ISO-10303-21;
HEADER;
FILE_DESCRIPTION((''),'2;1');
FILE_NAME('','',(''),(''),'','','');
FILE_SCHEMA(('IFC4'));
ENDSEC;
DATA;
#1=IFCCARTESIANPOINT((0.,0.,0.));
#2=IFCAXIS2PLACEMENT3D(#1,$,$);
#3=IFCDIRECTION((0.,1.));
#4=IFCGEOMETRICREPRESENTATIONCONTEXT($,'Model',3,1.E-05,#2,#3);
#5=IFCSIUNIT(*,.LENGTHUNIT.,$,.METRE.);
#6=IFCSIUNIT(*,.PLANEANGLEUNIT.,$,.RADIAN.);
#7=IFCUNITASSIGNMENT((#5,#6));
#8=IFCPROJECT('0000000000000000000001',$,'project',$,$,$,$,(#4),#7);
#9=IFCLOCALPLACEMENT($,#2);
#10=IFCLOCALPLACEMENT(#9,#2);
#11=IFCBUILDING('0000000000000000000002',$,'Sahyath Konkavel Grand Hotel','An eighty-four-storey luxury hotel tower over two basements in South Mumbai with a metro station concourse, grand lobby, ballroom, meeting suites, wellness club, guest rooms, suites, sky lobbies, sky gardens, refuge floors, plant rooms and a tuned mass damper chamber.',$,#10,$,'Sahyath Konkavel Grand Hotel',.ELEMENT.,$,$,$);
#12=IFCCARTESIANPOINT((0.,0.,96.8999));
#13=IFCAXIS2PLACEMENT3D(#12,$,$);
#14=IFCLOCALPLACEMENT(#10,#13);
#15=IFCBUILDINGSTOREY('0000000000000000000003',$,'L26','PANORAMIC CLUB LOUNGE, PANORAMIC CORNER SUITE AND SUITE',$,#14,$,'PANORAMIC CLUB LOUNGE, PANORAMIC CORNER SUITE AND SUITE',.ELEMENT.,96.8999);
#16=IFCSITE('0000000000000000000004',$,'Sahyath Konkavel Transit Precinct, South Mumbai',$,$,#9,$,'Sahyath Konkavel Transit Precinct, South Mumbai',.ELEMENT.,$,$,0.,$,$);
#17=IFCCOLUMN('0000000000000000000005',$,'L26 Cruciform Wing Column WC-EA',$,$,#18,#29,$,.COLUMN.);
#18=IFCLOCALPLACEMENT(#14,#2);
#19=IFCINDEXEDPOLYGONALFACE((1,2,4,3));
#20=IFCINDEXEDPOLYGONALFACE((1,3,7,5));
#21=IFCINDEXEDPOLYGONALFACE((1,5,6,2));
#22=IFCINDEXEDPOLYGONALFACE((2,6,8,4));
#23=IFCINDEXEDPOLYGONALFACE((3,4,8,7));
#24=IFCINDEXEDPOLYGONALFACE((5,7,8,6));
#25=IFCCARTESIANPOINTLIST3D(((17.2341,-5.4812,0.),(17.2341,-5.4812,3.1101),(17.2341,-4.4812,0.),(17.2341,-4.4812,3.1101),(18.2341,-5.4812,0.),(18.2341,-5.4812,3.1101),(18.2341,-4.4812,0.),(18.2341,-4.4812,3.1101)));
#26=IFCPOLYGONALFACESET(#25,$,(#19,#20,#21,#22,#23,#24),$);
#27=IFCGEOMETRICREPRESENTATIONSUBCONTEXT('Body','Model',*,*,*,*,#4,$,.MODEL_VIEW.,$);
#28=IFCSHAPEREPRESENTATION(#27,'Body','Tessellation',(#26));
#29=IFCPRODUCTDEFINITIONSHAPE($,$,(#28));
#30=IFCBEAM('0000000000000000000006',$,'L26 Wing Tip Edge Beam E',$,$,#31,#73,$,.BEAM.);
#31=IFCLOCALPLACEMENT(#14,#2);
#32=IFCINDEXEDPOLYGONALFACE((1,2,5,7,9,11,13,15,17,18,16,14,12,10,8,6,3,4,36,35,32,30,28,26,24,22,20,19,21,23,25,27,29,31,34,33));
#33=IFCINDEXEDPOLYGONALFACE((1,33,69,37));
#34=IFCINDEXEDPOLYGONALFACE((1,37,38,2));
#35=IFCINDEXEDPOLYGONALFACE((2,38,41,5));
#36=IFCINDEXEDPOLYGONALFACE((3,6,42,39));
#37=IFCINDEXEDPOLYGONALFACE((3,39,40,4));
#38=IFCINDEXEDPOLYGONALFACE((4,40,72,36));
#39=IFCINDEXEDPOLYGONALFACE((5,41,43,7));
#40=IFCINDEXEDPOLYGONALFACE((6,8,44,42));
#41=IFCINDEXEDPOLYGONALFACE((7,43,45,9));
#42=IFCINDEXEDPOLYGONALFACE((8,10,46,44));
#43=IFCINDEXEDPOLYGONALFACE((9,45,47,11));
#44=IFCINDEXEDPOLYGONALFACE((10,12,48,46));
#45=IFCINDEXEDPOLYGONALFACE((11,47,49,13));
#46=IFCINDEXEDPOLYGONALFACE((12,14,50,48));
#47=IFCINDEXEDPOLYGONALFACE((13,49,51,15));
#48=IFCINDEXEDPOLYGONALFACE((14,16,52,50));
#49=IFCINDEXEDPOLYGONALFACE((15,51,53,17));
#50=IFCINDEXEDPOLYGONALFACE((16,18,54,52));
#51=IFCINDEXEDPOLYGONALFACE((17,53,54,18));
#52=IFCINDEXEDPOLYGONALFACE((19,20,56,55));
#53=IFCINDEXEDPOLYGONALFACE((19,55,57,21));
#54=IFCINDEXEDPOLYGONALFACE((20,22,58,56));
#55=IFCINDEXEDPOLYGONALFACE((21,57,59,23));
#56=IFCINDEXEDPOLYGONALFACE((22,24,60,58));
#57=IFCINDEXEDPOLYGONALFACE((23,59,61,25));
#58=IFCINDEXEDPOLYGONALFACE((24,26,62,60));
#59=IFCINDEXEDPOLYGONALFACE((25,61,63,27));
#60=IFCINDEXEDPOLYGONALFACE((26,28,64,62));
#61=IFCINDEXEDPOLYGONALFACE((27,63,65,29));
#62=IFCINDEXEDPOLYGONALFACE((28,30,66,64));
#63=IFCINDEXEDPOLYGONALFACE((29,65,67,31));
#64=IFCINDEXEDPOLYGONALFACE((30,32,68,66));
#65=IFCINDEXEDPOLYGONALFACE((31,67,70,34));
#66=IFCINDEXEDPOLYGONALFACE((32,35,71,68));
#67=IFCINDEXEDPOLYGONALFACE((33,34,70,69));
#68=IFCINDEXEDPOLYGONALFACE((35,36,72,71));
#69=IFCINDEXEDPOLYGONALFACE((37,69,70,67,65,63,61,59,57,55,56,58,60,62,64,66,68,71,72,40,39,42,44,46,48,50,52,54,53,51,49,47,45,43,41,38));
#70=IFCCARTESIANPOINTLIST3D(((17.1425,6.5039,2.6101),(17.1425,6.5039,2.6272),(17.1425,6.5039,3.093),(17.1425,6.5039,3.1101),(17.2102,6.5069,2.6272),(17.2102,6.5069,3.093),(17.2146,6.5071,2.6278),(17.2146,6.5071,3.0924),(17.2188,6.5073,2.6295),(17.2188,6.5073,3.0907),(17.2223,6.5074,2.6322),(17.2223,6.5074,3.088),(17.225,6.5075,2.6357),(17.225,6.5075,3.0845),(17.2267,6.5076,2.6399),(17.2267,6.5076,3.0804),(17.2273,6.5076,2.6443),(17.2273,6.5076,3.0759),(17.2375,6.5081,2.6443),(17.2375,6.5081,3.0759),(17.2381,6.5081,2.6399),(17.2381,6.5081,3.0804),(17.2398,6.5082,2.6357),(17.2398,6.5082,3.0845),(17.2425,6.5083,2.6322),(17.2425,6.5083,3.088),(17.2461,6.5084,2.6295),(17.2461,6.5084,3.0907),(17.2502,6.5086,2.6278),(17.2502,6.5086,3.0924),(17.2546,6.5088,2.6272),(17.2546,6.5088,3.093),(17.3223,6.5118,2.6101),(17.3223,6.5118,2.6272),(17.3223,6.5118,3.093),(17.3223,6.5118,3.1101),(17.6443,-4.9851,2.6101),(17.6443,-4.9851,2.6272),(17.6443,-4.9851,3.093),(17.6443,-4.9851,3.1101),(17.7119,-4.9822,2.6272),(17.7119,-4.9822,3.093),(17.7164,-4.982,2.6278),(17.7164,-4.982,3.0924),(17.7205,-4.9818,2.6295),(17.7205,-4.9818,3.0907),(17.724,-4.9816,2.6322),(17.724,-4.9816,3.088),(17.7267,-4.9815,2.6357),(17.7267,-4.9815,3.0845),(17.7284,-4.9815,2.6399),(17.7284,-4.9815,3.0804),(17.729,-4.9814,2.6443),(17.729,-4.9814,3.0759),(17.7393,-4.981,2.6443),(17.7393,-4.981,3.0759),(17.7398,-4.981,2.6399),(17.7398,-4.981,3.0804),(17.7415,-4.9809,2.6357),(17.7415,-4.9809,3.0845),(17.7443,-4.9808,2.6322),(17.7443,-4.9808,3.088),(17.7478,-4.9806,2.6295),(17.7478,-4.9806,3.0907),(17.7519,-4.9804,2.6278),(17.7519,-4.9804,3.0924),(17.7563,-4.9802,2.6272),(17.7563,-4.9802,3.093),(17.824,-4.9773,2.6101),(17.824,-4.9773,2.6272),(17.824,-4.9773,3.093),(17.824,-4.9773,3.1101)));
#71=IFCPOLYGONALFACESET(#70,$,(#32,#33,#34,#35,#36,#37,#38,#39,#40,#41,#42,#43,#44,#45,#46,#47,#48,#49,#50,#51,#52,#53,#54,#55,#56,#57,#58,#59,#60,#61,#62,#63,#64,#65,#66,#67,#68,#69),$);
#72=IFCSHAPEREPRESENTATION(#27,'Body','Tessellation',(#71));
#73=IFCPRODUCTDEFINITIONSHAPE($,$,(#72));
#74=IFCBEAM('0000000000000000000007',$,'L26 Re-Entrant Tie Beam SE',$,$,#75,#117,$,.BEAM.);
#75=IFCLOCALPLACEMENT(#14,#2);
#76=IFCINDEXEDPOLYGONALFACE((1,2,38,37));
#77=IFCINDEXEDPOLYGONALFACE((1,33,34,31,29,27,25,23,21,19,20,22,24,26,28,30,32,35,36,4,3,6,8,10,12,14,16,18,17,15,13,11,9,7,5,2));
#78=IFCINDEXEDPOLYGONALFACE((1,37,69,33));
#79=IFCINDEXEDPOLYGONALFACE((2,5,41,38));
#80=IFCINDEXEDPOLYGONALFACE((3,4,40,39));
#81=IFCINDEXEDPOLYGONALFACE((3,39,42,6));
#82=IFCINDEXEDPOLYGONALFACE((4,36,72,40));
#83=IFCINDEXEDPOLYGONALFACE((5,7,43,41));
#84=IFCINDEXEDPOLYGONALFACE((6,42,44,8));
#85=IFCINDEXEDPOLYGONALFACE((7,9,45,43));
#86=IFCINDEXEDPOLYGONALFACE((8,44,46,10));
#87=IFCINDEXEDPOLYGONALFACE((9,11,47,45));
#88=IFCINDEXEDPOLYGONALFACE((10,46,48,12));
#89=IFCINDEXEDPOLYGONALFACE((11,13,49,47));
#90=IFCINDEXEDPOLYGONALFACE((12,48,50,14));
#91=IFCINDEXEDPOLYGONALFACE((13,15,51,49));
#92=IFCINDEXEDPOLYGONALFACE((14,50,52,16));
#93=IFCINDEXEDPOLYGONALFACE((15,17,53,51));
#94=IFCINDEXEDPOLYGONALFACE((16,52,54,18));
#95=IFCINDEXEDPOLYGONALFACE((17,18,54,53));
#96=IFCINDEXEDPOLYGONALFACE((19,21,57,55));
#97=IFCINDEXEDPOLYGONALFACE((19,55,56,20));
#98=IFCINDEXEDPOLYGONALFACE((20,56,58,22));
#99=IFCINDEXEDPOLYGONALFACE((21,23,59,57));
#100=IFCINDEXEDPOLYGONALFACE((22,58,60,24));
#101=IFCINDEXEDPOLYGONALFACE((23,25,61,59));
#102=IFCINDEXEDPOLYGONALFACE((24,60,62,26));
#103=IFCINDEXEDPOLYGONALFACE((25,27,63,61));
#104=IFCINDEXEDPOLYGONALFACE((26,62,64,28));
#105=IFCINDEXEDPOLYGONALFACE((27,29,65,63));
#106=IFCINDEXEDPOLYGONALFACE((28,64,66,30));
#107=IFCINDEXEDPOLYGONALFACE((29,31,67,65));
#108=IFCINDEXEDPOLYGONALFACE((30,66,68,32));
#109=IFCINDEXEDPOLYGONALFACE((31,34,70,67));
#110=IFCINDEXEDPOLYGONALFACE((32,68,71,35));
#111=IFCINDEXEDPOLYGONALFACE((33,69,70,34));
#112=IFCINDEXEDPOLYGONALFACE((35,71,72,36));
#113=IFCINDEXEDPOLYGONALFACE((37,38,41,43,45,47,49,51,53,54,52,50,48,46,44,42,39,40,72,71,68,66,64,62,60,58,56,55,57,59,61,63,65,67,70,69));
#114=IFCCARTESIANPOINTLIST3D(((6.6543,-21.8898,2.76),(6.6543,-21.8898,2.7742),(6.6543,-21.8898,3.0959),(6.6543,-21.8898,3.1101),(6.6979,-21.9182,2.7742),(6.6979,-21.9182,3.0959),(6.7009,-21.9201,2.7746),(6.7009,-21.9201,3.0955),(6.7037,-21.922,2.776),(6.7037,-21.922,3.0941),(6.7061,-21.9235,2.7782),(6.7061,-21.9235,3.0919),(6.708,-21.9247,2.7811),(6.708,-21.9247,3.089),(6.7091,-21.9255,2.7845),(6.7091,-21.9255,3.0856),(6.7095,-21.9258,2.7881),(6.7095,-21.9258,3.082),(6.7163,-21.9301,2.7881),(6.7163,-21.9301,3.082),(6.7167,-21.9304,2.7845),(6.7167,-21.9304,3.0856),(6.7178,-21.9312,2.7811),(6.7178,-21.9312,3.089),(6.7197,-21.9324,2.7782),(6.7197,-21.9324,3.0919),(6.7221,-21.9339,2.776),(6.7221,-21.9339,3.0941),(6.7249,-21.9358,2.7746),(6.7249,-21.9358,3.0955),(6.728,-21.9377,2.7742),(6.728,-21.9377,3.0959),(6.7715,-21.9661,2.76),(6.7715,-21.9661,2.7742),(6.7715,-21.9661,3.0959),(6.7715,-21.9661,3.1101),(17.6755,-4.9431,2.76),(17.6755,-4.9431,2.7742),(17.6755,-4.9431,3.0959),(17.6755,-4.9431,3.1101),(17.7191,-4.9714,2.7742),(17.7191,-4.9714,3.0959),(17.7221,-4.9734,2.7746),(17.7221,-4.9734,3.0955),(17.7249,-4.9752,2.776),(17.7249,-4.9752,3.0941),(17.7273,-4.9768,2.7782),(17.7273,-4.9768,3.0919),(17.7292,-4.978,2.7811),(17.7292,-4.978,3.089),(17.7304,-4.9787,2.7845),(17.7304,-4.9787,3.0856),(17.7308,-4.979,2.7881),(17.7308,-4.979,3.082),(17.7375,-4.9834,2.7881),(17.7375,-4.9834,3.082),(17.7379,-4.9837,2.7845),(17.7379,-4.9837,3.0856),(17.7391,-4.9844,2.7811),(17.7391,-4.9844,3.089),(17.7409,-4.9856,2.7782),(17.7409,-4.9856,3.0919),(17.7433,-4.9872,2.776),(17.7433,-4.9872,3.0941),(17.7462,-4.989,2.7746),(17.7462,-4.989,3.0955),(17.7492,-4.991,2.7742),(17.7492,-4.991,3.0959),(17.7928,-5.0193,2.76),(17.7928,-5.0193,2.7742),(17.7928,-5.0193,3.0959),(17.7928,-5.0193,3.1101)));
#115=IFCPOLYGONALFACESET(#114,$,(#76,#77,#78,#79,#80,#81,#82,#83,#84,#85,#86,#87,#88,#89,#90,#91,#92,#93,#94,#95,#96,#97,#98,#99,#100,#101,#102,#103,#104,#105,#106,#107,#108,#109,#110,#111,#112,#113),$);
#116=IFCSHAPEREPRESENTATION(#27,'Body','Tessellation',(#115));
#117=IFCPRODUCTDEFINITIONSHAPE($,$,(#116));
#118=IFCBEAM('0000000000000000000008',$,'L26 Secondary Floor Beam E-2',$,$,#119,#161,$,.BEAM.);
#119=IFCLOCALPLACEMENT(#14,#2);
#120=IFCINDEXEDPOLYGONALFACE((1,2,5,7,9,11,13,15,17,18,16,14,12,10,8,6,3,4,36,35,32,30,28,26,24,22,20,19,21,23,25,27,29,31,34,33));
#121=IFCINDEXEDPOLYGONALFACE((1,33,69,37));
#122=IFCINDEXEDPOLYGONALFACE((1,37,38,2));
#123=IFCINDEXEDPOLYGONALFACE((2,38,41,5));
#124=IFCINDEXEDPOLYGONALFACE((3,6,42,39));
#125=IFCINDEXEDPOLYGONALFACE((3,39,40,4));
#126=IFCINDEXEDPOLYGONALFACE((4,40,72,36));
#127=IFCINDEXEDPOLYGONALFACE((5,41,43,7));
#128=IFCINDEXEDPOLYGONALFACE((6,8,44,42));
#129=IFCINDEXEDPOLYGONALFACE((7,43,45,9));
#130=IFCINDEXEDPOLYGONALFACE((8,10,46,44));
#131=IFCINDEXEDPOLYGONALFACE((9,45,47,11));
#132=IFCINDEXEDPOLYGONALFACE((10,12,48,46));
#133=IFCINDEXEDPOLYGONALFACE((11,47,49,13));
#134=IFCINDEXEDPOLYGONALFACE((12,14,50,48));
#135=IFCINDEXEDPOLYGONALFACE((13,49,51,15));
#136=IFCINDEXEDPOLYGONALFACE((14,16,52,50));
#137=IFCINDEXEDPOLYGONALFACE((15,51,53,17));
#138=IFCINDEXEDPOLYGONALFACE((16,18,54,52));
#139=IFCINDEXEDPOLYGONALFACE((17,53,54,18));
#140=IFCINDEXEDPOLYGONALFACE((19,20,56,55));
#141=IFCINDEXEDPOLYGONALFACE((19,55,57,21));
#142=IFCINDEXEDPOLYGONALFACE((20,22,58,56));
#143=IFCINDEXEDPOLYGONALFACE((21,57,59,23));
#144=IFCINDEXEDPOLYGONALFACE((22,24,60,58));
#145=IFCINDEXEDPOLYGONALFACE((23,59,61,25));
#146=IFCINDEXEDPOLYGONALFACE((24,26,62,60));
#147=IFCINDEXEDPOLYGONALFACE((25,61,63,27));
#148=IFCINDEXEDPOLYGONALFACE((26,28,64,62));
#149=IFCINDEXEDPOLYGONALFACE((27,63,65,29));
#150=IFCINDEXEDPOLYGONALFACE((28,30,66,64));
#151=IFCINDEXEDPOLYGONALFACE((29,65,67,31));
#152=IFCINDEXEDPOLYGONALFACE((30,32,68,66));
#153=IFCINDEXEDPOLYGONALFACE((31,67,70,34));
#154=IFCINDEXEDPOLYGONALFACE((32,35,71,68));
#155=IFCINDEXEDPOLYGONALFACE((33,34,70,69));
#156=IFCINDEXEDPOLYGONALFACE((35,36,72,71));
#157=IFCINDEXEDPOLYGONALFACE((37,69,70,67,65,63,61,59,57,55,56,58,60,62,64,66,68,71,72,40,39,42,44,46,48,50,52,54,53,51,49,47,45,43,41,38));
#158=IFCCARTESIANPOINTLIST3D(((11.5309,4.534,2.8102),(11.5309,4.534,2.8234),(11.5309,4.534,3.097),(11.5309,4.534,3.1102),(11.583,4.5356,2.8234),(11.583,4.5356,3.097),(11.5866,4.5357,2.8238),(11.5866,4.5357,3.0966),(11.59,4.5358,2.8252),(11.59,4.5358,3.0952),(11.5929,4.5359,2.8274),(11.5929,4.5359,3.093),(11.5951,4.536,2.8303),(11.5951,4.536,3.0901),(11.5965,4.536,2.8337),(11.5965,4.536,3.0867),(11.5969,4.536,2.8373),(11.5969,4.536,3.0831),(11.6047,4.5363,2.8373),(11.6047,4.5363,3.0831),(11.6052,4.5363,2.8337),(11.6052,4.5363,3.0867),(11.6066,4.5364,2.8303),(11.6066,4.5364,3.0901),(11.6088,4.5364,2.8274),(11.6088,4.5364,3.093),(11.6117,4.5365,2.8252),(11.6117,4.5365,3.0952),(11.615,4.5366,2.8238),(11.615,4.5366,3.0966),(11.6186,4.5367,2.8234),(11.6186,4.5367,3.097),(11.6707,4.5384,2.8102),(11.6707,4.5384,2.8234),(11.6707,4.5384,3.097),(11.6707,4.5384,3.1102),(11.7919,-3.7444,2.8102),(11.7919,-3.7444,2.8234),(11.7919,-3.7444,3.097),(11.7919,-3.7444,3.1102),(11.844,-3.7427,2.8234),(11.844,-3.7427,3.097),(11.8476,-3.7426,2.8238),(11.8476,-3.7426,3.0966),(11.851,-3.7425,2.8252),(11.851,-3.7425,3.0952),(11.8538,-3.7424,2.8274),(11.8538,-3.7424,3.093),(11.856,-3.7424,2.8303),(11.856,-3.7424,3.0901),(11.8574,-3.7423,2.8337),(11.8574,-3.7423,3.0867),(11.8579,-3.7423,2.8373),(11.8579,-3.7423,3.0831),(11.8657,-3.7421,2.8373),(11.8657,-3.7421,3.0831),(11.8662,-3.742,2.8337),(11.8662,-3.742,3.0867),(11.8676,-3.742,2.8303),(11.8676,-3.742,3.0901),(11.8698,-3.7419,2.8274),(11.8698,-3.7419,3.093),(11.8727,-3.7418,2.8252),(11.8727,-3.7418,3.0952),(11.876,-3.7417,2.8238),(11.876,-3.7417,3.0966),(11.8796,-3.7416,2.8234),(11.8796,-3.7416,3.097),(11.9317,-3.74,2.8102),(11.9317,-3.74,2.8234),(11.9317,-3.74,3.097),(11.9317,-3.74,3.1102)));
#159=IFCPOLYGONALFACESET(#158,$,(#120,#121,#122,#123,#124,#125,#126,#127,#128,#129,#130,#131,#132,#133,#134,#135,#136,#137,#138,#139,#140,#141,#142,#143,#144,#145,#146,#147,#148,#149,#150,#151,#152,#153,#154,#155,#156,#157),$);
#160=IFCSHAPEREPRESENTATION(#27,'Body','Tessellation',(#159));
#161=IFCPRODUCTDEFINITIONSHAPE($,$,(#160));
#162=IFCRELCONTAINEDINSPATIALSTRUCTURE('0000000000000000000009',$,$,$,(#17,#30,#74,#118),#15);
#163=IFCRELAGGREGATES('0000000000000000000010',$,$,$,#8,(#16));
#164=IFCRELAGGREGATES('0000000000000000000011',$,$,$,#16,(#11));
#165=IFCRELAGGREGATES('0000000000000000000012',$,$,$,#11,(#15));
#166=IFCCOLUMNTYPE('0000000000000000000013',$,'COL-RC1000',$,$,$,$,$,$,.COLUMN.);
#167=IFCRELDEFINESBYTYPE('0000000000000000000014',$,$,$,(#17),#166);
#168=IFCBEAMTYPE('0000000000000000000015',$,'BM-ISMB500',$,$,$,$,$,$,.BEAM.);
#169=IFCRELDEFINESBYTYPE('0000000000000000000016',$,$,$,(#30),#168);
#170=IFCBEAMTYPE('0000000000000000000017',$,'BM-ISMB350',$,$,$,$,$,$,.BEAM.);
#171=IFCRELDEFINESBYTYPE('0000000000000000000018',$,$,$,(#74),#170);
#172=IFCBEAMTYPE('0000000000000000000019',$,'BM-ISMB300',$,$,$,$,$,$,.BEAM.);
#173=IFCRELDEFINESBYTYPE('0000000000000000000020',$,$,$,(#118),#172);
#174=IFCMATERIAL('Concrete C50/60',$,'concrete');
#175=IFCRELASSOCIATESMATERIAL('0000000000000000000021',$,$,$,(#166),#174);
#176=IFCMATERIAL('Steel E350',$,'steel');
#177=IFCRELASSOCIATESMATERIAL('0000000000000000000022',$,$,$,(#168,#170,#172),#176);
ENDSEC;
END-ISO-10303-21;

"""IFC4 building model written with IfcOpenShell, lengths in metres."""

from ifc_helpers import new_model, si_unit, direction, frame, origin, origin_2d, place, context, subcontext, project, spatial, rectangle, i_section, extrude, source, transform, mapped, material, material_profile, profile_set, type_object, element, save


model = new_model("IFC4")

# Units and contexts
model_context = context("Model", 3, precision=1e-05, world=origin(), true_north=direction((0.0, 1.0)))
body_context = subcontext(model_context, "Body", "Model", "MODEL_VIEW")
ifc_project = project(units=[si_unit("LENGTHUNIT", "METRE"), si_unit("PLANEANGLEUNIT", "RADIAN")], contexts=[model_context])

# Site, building, storey
site_placement = place(None, origin())
site = spatial("IfcSite", under=ifc_project, at=site_placement, Name="Sahyath Konkavel Transit Precinct, South Mumbai", LongName="Sahyath Konkavel Transit Precinct, South Mumbai", CompositionType="ELEMENT", RefElevation=0.0)
building_placement = place(site_placement, origin())
building = spatial("IfcBuilding", under=site, at=building_placement, Name="Sahyath Konkavel Grand Hotel", Description="An eighty-four-storey luxury hotel tower over two basements in South Mumbai with a metro station concourse, grand lobby, ballroom, meeting suites, wellness club, guest rooms, suites, sky lobbies, sky gardens, refuge floors, plant rooms and a tuned mass damper chamber.", LongName="Sahyath Konkavel Grand Hotel", CompositionType="ELEMENT")
storey_placement = place(building_placement, frame((0.0, 0.0, 96.8999)))
storey = spatial("IfcBuildingStorey", under=building, at=storey_placement, Name="L26", Description="PANORAMIC CLUB LOUNGE, PANORAMIC CORNER SUITE AND SUITE", LongName="PANORAMIC CLUB LOUNGE, PANORAMIC CORNER SUITE AND SUITE", CompositionType="ELEMENT", Elevation=96.8999)

# Column
ifc_material_1 = material(Name="Concrete C50/60", Category="concrete")
ifc_material_profile_1 = material_profile(ifc_material_1, rectangle(XDim=1.0, YDim=1.0, at=origin_2d()), Name="RC 1000x1000")
ifc_profile_set_1 = profile_set([ifc_material_profile_1], Name="Concrete C50/60")
column_type = type_object("IfcColumnType", Name="COL-RC1000", PredefinedType="COLUMN", material=ifc_profile_set_1)
shared_shape_1 = source(origin(), body_context, "Body", "SweptSolid", [
    extrude(rectangle(XDim=1.0, YDim=1.0, at=origin_2d()), origin(), (0.0, 0.0, 1.0), 3.1101),
])
column_placement = place(storey_placement, frame((17.7341, -4.9812, 0.0), z_axis=(0.0, 0.0, 1.0), x_axis=(1.0, 0.0, 0.0)))
element("IfcColumn", 1, at=column_placement, inside=storey, type_object=column_type, Name="L26 Cruciform Wing Column WC-EA", PredefinedType="COLUMN", context=body_context, shape_type="MappedRepresentation", body=[
    mapped(shared_shape_1, transform((0.0, 0.0, 0.0), scale=1.0)),
])

# Beams
ifc_material_2 = material(Name="Steel E350", Category="steel")
ifc_material_profile_2 = material_profile(ifc_material_2, i_section(OverallWidth=0.1799, OverallDepth=0.5, WebThickness=0.0103, FlangeThickness=0.0171, FilletRadius=0.0171, at=origin_2d()), Name="ISMB 500")
ifc_profile_set_2 = profile_set([ifc_material_profile_2], Name="Steel E350")
beam_type_1 = type_object("IfcBeamType", Name="BM-ISMB500", PredefinedType="BEAM", material=ifc_profile_set_2)
shared_shape_2 = source(origin(), body_context, "Body", "SweptSolid", [
    extrude(i_section(OverallWidth=0.1799, OverallDepth=0.5, WebThickness=0.0103, FlangeThickness=0.0171, FilletRadius=0.0171, at=origin_2d()), origin(), (0.0, 0.0, 1.0), 11.5),
])
beam_1_placement = place(storey_placement, frame((17.7341, -4.9812, 2.8601), z_axis=(-0.043627, 0.999048, 0.0), x_axis=(-0.999048, -0.043627, 0.0)))
element("IfcBeam", 2, at=beam_1_placement, inside=storey, type_object=beam_type_1, Name="L26 Wing Tip Edge Beam E", PredefinedType="BEAM", context=body_context, shape_type="MappedRepresentation", body=[
    mapped(shared_shape_2, transform((0.0, 0.0, 0.0), scale=1.0)),
])
ifc_material_profile_3 = material_profile(ifc_material_2, i_section(OverallWidth=0.1399, OverallDepth=0.3501, WebThickness=0.0081, FlangeThickness=0.0142, FilletRadius=0.0139, at=origin_2d()), Name="ISMB 350")
ifc_profile_set_3 = profile_set([ifc_material_profile_3], Name="Steel E350")
beam_type_2 = type_object("IfcBeamType", Name="BM-ISMB350", PredefinedType="BEAM", material=ifc_profile_set_3)
shared_shape_3 = source(origin(), body_context, "Body", "SweptSolid", [
    extrude(i_section(OverallWidth=0.1399, OverallDepth=0.3501, WebThickness=0.0081, FlangeThickness=0.0142, FilletRadius=0.0139, at=origin_2d()), origin(), (0.0, 0.0, 1.0), 20.2153),
])
beam_2_placement = place(storey_placement, frame((17.7341, -4.9812, 2.9351), z_axis=(-0.545191, -0.838312, 0.0), x_axis=(0.838312, -0.545191, 0.0)))
element("IfcBeam", 3, at=beam_2_placement, inside=storey, type_object=beam_type_2, Name="L26 Re-Entrant Tie Beam SE", PredefinedType="BEAM", context=body_context, shape_type="MappedRepresentation", body=[
    mapped(shared_shape_3, transform((0.0, 0.0, 0.0), scale=1.0)),
])
ifc_material_profile_4 = material_profile(ifc_material_2, i_section(OverallWidth=0.1399, OverallDepth=0.3, WebThickness=0.0078, FlangeThickness=0.0132, FilletRadius=0.0139, at=origin_2d()), Name="ISMB 300")
ifc_profile_set_4 = profile_set([ifc_material_profile_4], Name="Steel E350")
beam_type_3 = type_object("IfcBeamType", Name="BM-ISMB300", PredefinedType="BEAM", material=ifc_profile_set_4)
shared_shape_4 = source(origin(), body_context, "Body", "SweptSolid", [
    extrude(i_section(OverallWidth=0.1399, OverallDepth=0.3, WebThickness=0.0078, FlangeThickness=0.0132, FilletRadius=0.0139, at=origin_2d()), origin(), (0.0, 0.0, 1.0), 8.2825),
])
beam_3_placement = place(storey_placement, frame((11.8618, -3.7422, 2.9602), z_axis=(-0.031511, 0.999503, 0.0), x_axis=(-0.999503, -0.031511, 0.0)))
element("IfcBeam", 4, at=beam_3_placement, inside=storey, type_object=beam_type_3, Name="L26 Secondary Floor Beam E-2", PredefinedType="BEAM", context=body_context, shape_type="MappedRepresentation", body=[
    mapped(shared_shape_4, transform((0.0, 0.0, 0.0), scale=1.0)),
])

save(model, "model.ifc")
